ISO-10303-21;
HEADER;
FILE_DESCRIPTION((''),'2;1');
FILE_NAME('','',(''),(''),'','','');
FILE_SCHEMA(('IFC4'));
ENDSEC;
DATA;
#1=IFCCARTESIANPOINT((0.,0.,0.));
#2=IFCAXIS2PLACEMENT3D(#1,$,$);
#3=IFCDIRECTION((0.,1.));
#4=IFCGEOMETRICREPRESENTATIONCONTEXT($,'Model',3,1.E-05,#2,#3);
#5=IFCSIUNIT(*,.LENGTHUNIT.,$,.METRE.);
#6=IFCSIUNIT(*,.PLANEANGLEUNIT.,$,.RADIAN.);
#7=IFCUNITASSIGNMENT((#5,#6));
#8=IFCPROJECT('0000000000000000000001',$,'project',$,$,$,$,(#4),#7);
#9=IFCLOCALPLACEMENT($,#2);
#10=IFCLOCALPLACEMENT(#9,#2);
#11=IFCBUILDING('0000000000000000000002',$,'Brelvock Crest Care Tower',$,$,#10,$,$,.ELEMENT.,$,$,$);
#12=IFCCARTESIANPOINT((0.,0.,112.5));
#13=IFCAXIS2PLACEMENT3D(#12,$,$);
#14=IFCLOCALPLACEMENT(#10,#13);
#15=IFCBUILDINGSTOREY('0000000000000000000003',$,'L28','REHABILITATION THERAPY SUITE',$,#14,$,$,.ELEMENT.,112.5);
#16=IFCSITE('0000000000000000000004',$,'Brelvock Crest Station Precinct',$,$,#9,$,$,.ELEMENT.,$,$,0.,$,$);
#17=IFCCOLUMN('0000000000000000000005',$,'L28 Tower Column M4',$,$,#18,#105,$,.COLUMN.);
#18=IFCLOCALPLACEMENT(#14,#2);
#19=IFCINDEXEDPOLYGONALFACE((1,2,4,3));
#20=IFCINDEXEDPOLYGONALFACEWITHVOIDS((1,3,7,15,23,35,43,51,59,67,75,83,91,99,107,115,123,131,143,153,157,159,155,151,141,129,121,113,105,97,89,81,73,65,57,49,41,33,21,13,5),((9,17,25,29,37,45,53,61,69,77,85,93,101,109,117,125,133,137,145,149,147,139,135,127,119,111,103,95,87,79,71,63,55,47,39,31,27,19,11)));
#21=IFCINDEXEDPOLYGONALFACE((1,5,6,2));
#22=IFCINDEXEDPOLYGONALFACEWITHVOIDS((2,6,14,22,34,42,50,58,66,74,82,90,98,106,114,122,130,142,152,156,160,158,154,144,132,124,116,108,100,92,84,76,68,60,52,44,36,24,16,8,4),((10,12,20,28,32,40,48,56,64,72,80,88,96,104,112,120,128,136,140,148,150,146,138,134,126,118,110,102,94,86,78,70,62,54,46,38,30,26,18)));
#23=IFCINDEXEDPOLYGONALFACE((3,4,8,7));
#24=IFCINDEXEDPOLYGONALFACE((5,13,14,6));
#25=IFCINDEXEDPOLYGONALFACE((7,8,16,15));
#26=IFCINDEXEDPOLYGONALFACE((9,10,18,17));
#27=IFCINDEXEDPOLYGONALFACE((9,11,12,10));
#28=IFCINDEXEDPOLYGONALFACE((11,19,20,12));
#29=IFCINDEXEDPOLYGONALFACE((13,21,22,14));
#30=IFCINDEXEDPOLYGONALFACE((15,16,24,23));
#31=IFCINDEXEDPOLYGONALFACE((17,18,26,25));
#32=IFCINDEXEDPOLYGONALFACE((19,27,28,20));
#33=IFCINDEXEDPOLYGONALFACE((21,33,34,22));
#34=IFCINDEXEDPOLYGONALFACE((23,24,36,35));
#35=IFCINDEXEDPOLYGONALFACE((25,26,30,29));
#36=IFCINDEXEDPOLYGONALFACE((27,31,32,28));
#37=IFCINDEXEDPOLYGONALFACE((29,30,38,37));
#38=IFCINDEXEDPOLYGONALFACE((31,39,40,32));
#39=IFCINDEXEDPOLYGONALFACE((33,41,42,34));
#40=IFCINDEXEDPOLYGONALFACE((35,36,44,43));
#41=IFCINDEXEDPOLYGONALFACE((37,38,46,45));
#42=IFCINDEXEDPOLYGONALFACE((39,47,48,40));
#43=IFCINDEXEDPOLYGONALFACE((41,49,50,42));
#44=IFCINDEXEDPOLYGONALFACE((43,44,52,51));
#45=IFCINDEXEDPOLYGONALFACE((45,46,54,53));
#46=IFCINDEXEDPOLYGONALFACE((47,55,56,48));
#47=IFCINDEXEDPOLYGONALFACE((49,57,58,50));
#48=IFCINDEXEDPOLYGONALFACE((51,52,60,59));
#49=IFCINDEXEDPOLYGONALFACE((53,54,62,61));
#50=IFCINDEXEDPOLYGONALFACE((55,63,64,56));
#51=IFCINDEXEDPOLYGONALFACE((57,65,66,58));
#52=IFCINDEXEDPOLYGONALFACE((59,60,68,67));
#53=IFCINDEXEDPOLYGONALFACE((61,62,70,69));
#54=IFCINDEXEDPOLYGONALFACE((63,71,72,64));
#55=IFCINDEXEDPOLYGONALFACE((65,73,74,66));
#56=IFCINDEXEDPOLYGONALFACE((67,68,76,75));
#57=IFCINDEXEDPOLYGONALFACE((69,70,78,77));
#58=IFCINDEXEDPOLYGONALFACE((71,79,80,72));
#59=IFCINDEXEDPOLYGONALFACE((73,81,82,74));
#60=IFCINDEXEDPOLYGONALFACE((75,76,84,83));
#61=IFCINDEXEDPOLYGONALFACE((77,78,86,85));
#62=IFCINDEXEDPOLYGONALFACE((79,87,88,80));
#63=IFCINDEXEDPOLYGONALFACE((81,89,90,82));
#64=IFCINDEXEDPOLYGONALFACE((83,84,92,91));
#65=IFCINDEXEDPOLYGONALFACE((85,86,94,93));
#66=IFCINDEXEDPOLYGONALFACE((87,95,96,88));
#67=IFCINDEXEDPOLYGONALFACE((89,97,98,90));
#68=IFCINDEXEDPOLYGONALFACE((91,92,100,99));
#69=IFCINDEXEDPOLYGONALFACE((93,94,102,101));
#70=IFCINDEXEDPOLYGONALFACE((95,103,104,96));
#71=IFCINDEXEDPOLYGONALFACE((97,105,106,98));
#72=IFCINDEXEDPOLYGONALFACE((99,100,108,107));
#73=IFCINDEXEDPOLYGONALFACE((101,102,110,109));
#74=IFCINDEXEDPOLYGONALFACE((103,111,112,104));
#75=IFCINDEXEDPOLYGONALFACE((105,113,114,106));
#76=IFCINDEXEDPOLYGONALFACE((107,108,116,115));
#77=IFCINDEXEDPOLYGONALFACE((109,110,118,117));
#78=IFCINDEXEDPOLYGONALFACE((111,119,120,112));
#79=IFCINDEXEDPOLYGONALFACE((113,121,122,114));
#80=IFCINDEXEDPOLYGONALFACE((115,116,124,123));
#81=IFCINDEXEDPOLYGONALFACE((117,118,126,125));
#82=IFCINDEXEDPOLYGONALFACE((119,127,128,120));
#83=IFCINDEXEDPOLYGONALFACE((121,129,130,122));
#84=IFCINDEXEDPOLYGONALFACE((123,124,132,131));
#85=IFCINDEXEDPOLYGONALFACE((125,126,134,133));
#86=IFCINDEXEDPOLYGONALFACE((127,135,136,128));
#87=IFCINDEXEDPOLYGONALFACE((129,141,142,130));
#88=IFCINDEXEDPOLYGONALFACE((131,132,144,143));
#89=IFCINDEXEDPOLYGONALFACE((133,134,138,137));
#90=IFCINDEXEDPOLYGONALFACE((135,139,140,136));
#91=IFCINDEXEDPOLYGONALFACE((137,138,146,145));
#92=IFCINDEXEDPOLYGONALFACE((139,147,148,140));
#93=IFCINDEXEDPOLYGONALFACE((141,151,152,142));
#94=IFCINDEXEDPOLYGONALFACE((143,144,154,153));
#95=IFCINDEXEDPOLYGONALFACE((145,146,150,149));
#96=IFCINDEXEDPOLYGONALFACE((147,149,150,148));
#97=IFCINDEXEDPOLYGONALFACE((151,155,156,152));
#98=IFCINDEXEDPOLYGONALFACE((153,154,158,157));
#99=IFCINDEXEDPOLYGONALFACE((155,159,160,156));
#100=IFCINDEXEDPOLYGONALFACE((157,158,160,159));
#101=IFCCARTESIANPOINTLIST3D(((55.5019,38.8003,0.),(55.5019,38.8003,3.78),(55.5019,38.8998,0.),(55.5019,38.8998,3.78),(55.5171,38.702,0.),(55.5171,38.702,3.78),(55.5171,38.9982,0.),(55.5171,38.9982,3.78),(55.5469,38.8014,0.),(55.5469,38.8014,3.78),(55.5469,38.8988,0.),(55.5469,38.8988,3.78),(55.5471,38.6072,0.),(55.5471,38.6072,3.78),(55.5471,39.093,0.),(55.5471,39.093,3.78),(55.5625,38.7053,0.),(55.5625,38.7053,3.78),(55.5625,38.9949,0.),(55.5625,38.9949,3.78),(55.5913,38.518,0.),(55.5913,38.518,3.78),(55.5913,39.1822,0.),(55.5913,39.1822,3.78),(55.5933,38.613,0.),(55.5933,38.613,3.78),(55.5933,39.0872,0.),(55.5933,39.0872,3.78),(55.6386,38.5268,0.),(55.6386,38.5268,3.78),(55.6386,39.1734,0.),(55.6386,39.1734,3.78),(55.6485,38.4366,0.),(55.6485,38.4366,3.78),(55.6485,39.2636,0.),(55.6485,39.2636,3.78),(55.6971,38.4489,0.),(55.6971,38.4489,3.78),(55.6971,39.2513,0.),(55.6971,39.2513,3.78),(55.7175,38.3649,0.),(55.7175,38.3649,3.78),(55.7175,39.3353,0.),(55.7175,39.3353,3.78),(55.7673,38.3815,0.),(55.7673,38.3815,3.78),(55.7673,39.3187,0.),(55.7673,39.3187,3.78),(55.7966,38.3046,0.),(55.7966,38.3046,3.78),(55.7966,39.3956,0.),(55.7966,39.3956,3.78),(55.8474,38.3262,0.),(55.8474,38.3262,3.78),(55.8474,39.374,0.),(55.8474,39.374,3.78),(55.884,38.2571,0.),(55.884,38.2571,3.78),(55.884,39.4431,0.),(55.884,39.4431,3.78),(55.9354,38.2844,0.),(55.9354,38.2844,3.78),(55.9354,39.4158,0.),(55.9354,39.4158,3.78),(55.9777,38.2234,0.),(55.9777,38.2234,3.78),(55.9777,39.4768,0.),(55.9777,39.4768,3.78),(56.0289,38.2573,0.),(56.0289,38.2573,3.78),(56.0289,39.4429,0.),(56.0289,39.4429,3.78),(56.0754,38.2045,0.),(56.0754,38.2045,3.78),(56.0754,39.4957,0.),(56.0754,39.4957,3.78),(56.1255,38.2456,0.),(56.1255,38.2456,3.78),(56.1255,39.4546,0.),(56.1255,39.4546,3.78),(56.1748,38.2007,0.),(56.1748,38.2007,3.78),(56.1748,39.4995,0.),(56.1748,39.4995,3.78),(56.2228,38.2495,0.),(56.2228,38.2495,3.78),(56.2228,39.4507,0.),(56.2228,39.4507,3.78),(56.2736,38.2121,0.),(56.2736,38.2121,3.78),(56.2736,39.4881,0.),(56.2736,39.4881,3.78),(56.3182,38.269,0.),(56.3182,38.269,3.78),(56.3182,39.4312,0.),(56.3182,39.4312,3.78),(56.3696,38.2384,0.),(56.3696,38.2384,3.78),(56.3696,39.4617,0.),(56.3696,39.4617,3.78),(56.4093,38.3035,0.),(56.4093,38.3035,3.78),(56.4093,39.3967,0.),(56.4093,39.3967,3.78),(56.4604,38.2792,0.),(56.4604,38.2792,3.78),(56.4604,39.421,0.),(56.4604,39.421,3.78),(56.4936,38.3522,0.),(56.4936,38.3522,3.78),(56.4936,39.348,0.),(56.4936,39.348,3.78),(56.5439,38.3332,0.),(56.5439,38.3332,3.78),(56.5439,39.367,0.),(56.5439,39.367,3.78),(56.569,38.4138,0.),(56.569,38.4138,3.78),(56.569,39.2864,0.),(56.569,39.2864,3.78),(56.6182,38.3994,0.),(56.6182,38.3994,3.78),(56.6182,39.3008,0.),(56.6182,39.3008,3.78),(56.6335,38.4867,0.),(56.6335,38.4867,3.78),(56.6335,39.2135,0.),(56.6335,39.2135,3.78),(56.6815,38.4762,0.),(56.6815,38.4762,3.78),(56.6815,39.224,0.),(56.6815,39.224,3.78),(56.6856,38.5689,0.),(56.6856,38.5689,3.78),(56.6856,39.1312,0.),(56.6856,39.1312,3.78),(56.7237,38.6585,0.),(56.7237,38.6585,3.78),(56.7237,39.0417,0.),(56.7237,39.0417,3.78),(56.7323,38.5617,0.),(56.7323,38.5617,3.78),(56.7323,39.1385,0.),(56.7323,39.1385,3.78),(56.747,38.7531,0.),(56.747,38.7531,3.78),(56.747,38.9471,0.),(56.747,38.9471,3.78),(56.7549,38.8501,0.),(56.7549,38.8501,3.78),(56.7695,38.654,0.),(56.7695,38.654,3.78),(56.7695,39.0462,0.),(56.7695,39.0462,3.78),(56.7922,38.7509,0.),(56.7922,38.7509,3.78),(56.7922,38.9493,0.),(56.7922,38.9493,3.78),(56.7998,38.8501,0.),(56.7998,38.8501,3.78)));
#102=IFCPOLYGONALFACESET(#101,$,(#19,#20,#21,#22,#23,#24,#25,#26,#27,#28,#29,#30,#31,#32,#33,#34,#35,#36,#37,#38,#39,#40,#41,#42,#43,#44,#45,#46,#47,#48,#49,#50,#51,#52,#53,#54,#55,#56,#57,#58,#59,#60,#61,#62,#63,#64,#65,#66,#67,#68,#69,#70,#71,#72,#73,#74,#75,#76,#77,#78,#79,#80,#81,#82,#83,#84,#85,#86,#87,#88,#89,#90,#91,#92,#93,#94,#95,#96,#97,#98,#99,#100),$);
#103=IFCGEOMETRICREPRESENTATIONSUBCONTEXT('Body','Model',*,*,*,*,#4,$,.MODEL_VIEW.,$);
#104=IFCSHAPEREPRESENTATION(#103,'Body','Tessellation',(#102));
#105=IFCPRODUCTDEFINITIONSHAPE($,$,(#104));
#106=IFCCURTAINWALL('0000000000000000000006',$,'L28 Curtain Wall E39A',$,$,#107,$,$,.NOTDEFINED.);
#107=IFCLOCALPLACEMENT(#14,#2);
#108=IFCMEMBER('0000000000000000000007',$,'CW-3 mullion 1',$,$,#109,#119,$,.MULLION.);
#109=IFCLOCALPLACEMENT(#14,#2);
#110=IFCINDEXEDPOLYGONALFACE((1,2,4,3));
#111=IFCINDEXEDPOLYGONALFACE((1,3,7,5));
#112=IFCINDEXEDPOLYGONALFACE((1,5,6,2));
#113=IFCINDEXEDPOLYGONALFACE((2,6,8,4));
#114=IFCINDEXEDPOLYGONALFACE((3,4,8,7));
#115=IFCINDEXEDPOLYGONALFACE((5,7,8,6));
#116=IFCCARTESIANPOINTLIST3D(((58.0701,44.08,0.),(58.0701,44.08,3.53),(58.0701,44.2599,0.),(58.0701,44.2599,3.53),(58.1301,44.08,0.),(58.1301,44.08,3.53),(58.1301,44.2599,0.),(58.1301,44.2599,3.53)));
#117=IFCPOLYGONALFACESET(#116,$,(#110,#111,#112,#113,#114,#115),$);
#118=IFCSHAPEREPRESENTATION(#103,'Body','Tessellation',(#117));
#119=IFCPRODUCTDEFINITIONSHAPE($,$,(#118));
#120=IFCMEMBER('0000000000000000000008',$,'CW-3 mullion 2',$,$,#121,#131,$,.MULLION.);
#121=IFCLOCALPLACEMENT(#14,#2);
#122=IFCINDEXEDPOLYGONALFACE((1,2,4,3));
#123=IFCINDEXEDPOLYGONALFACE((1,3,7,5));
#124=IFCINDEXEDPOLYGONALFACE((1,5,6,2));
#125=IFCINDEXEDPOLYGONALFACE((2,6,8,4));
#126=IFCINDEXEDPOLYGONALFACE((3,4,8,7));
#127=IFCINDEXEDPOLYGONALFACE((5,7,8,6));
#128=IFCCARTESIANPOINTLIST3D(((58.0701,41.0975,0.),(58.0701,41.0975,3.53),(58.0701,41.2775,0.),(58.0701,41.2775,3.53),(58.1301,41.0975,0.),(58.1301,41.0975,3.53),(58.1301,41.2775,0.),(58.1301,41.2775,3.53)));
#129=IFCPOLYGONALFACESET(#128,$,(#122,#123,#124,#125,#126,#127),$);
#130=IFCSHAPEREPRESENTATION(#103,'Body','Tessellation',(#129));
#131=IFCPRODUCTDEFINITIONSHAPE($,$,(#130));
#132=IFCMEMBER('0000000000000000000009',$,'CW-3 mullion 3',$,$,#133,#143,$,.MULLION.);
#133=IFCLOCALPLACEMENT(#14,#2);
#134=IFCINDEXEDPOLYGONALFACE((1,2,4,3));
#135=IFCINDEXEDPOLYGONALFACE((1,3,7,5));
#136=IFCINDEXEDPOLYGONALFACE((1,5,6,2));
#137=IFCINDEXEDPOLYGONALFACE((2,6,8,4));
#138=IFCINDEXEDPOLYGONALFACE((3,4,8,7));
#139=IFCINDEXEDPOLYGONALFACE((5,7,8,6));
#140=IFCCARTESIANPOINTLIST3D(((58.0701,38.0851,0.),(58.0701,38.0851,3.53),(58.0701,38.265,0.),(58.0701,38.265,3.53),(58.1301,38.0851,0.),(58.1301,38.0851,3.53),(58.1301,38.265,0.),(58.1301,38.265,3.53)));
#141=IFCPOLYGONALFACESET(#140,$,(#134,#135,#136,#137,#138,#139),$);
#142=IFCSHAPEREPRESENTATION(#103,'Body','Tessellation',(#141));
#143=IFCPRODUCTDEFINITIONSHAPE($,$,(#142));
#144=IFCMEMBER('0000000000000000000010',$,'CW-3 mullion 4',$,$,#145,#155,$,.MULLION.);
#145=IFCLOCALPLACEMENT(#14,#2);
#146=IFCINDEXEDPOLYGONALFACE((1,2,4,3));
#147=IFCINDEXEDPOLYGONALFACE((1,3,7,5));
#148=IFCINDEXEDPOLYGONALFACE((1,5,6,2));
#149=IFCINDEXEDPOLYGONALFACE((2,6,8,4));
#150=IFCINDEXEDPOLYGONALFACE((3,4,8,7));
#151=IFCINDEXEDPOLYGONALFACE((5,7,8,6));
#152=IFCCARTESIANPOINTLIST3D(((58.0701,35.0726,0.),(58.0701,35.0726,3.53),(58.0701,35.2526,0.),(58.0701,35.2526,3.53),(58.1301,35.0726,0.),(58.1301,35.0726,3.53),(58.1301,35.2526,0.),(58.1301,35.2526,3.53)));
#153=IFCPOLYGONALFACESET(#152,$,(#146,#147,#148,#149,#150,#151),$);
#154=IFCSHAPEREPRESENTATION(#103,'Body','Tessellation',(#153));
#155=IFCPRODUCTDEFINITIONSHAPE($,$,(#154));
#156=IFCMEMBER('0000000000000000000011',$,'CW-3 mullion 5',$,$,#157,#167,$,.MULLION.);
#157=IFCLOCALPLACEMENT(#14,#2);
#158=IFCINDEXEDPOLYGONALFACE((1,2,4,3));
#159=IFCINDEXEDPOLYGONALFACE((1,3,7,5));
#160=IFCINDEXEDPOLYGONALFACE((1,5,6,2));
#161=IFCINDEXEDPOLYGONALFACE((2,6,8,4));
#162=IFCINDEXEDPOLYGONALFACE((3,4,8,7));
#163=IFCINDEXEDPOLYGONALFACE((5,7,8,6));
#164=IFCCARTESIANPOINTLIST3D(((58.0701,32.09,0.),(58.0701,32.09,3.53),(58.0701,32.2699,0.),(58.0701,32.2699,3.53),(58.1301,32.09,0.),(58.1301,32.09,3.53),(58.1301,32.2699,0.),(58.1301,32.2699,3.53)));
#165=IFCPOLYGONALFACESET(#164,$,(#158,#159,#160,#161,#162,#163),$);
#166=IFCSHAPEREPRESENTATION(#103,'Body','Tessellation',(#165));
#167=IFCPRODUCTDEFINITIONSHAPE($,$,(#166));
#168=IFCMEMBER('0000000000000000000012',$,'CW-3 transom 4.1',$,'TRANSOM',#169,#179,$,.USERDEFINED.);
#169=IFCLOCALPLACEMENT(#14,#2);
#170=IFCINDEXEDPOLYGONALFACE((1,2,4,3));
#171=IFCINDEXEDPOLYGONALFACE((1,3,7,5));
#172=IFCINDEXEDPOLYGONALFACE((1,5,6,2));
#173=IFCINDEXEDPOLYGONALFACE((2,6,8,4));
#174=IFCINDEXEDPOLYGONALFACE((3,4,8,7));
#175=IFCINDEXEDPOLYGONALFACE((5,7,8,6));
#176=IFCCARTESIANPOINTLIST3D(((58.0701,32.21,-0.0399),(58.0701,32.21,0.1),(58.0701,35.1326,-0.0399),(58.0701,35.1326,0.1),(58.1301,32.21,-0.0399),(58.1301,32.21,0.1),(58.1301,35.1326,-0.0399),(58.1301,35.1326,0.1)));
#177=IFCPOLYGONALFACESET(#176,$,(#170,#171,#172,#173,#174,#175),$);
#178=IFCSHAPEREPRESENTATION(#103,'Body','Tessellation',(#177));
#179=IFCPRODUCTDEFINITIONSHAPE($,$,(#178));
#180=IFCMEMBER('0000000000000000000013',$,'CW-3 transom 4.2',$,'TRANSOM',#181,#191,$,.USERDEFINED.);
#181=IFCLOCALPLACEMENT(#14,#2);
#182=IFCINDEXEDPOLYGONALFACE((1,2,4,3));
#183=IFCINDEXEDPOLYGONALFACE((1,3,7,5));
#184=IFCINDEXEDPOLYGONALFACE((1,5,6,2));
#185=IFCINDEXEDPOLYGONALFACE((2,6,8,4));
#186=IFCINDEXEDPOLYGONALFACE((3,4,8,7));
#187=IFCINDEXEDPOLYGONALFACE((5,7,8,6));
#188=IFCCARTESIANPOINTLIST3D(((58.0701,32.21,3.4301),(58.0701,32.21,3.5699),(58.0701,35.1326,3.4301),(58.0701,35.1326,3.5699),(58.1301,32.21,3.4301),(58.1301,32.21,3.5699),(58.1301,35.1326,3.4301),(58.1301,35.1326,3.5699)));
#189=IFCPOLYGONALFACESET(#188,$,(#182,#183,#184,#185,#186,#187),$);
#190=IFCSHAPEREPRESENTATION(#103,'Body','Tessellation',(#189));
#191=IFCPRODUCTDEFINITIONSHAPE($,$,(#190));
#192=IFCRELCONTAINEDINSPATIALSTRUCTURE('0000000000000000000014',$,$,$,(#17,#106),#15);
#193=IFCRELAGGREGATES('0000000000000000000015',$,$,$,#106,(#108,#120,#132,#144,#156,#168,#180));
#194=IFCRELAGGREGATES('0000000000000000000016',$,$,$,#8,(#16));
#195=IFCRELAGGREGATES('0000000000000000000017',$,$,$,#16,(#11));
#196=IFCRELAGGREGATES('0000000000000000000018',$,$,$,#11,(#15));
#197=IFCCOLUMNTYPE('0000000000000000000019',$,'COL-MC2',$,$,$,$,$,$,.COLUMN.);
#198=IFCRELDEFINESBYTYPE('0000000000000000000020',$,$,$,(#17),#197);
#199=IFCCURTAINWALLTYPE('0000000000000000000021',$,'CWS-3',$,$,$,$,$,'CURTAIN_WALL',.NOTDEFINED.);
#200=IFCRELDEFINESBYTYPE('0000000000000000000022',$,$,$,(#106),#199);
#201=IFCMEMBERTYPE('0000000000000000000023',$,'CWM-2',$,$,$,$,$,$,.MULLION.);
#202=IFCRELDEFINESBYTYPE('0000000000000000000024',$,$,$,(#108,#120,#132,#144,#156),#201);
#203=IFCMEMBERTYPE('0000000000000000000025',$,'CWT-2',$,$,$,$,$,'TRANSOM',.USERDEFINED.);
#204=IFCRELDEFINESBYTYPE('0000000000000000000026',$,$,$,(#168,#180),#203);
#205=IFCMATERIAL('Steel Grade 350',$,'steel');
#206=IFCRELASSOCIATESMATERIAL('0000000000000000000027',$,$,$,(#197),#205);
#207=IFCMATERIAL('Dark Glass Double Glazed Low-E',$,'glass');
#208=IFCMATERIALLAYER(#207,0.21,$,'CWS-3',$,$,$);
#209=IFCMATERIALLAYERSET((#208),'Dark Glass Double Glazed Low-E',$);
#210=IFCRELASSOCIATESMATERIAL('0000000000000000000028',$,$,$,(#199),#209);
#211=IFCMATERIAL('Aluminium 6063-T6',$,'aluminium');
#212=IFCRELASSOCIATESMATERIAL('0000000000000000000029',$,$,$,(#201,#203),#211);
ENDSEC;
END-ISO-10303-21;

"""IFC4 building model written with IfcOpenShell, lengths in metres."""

from ifc_helpers import new_model, si_unit, direction, frame, origin, origin_2d, place, context, subcontext, project, spatial, rectangle, hollow_circle, extrude, source, transform, mapped, material, layer, layer_set, material_profile, profile_set, type_object, element, aggregate, save


model = new_model("IFC4")

# Units and contexts
model_context = context("Model", 3, precision=1e-05, world=origin(), true_north=direction((0.0, 1.0)))
body_context = subcontext(model_context, "Body", "Model", "MODEL_VIEW")
ifc_project = project(units=[si_unit("LENGTHUNIT", "METRE"), si_unit("PLANEANGLEUNIT", "RADIAN")], contexts=[model_context])

# Site, building, storey
site_placement = place(None, origin())
site = spatial("IfcSite", under=ifc_project, at=site_placement, Name="Brelvock Crest Station Precinct", CompositionType="ELEMENT", RefElevation=0.0)
building_placement = place(site_placement, origin())
building = spatial("IfcBuilding", under=site, at=building_placement, Name="Brelvock Crest Care Tower", CompositionType="ELEMENT")
storey_placement = place(building_placement, frame((0.0, 0.0, 112.5)))
storey = spatial("IfcBuildingStorey", under=building, at=storey_placement, Name="L28", Description="REHABILITATION THERAPY SUITE", CompositionType="ELEMENT", Elevation=112.5)

# Column
ifc_material_1 = material(Name="Steel Grade 350", Category="steel")
ifc_material_profile_1 = material_profile(ifc_material_1, hollow_circle(Radius=0.6499, WallThickness=0.0449, at=origin_2d()), Name="CFT1300x45")
ifc_profile_set_1 = profile_set([ifc_material_profile_1], Name="Steel Grade 350")
column_type = type_object("IfcColumnType", Name="COL-MC2", PredefinedType="COLUMN", material=ifc_profile_set_1)
shared_shape_1 = source(origin(), body_context, "Body", "SweptSolid", [
    extrude(hollow_circle(Radius=0.6499, WallThickness=0.0449, at=origin_2d()), origin(), (0.0, 0.0, 1.0), 3.78),
])
column_placement = place(storey_placement, frame((56.1499, 38.8501, 0.0), z_axis=(0.0, 0.0, 1.0), x_axis=(1.0, 0.0, 0.0)))
element("IfcColumn", 1, at=column_placement, inside=storey, type_object=column_type, Name="L28 Tower Column M4", PredefinedType="COLUMN", context=body_context, shape_type="MappedRepresentation", body=[
    mapped(shared_shape_1, transform((0.0, 0.0, 0.0), x_axis=(1.0, 0.0, 0.0), y_axis=(0.0, 1.0, 0.0), z_axis=(0.0, 0.0, 1.0), scale=1.0)),
])

# Curtain wall, members
ifc_material_2 = material(Name="Dark Glass Double Glazed Low-E", Category="glass")
ifc_layer_1 = layer(ifc_material_2, 0.21, Name="CWS-3")
ifc_layer_set_1 = layer_set([ifc_layer_1], Name="Dark Glass Double Glazed Low-E")
curtain_wall_type = type_object("IfcCurtainWallType", Name="CWS-3", ElementType="CURTAIN_WALL", PredefinedType="NOTDEFINED", material=ifc_layer_set_1)
curtain_wall_placement = place(storey_placement, origin())
curtain_wall = element("IfcCurtainWall", 2, at=curtain_wall_placement, inside=storey, type_object=curtain_wall_type, Name="L28 Curtain Wall E39A", PredefinedType="NOTDEFINED")
ifc_material_3 = material(Name="Aluminium 6063-T6", Category="aluminium")
ifc_material_profile_2 = material_profile(ifc_material_3, rectangle(XDim=0.0601, YDim=0.1799, at=origin_2d()), Name="ALU60x180")
ifc_profile_set_2 = profile_set([ifc_material_profile_2], Name="Aluminium 6063-T6")
member_type_1 = type_object("IfcMemberType", Name="CWM-2", PredefinedType="MULLION", material=ifc_profile_set_2)
shared_shape_2 = source(origin(), body_context, "Body", "SweptSolid", [
    extrude(rectangle(XDim=0.0601, YDim=0.1799, at=origin_2d()), origin(), (0.0, 0.0, 1.0), 3.53),
])
member_1_placement = place(storey_placement, frame((58.1001, 44.1699, 0.0), z_axis=(0.0, 0.0, 1.0), x_axis=(1.0, 0.0, 0.0)))
member_1 = element("IfcMember", 3, at=member_1_placement, type_object=member_type_1, Name="CW-3 mullion 1", PredefinedType="MULLION", context=body_context, shape_type="MappedRepresentation", body=[
    mapped(shared_shape_2, transform((0.0, 0.0, 0.0), x_axis=(1.0, 0.0, 0.0), y_axis=(0.0, 1.0, 0.0), z_axis=(0.0, 0.0, 1.0), scale=1.0)),
])
member_2_placement = place(storey_placement, frame((58.1001, 41.1875, 0.0), z_axis=(0.0, 0.0, 1.0), x_axis=(1.0, 0.0, 0.0)))
member_2 = element("IfcMember", 4, at=member_2_placement, type_object=member_type_1, Name="CW-3 mullion 2", PredefinedType="MULLION", context=body_context, shape_type="MappedRepresentation", body=[
    mapped(shared_shape_2, transform((0.0, 0.0, 0.0), x_axis=(1.0, 0.0, 0.0), y_axis=(0.0, 1.0, 0.0), z_axis=(0.0, 0.0, 1.0), scale=1.0)),
])
member_3_placement = place(storey_placement, frame((58.1001, 38.175, 0.0), z_axis=(0.0, 0.0, 1.0), x_axis=(1.0, 0.0, 0.0)))
member_3 = element("IfcMember", 5, at=member_3_placement, type_object=member_type_1, Name="CW-3 mullion 3", PredefinedType="MULLION", context=body_context, shape_type="MappedRepresentation", body=[
    mapped(shared_shape_2, transform((0.0, 0.0, 0.0), x_axis=(1.0, 0.0, 0.0), y_axis=(0.0, 1.0, 0.0), z_axis=(0.0, 0.0, 1.0), scale=1.0)),
])
member_4_placement = place(storey_placement, frame((58.1001, 35.1626, 0.0), z_axis=(0.0, 0.0, 1.0), x_axis=(1.0, 0.0, 0.0)))
member_4 = element("IfcMember", 6, at=member_4_placement, type_object=member_type_1, Name="CW-3 mullion 4", PredefinedType="MULLION", context=body_context, shape_type="MappedRepresentation", body=[
    mapped(shared_shape_2, transform((0.0, 0.0, 0.0), x_axis=(1.0, 0.0, 0.0), y_axis=(0.0, 1.0, 0.0), z_axis=(0.0, 0.0, 1.0), scale=1.0)),
])
member_5_placement = place(storey_placement, frame((58.1001, 32.1799, 0.0), z_axis=(0.0, 0.0, 1.0), x_axis=(1.0, 0.0, 0.0)))
member_5 = element("IfcMember", 7, at=member_5_placement, type_object=member_type_1, Name="CW-3 mullion 5", PredefinedType="MULLION", context=body_context, shape_type="MappedRepresentation", body=[
    mapped(shared_shape_2, transform((0.0, 0.0, 0.0), x_axis=(1.0, 0.0, 0.0), y_axis=(0.0, 1.0, 0.0), z_axis=(0.0, 0.0, 1.0), scale=1.0)),
])
ifc_material_profile_3 = material_profile(ifc_material_3, rectangle(XDim=0.0601, YDim=0.1399, at=origin_2d()), Name="ALU60x140")
ifc_profile_set_3 = profile_set([ifc_material_profile_3], Name="Aluminium 6063-T6")
member_type_2 = type_object("IfcMemberType", Name="CWT-2", ElementType="TRANSOM", PredefinedType="USERDEFINED", material=ifc_profile_set_3)
shared_shape_3 = source(origin(), body_context, "Body", "SweptSolid", [
    extrude(rectangle(XDim=0.0601, YDim=0.1399, at=origin_2d()), origin(), (0.0, 0.0, 1.0), 2.9226),
])
member_6_placement = place(storey_placement, frame((58.1001, 35.1326, 0.03), z_axis=(0.0, -1.0, 0.0), x_axis=(1.0, 0.0, 0.0)))
member_6 = element("IfcMember", 8, at=member_6_placement, type_object=member_type_2, Name="CW-3 transom 4.1", ObjectType="TRANSOM", PredefinedType="USERDEFINED", context=body_context, shape_type="MappedRepresentation", body=[
    mapped(shared_shape_3, transform((0.0, 0.0, 0.0), x_axis=(1.0, 0.0, 0.0), y_axis=(0.0, 1.0, 0.0), z_axis=(0.0, 0.0, 1.0), scale=1.0)),
])
member_7_placement = place(storey_placement, frame((58.1001, 35.1326, 3.5), z_axis=(0.0, -1.0, 0.0), x_axis=(1.0, 0.0, 0.0)))
member_7 = element("IfcMember", 9, at=member_7_placement, type_object=member_type_2, Name="CW-3 transom 4.2", ObjectType="TRANSOM", PredefinedType="USERDEFINED", context=body_context, shape_type="MappedRepresentation", body=[
    mapped(shared_shape_3, transform((0.0, 0.0, 0.0), x_axis=(1.0, 0.0, 0.0), y_axis=(0.0, 1.0, 0.0), z_axis=(0.0, 0.0, 1.0), scale=1.0)),
])
aggregate(curtain_wall, [member_1, member_2, member_3, member_4, member_5, member_6, member_7])

save(model, "model.ifc")
